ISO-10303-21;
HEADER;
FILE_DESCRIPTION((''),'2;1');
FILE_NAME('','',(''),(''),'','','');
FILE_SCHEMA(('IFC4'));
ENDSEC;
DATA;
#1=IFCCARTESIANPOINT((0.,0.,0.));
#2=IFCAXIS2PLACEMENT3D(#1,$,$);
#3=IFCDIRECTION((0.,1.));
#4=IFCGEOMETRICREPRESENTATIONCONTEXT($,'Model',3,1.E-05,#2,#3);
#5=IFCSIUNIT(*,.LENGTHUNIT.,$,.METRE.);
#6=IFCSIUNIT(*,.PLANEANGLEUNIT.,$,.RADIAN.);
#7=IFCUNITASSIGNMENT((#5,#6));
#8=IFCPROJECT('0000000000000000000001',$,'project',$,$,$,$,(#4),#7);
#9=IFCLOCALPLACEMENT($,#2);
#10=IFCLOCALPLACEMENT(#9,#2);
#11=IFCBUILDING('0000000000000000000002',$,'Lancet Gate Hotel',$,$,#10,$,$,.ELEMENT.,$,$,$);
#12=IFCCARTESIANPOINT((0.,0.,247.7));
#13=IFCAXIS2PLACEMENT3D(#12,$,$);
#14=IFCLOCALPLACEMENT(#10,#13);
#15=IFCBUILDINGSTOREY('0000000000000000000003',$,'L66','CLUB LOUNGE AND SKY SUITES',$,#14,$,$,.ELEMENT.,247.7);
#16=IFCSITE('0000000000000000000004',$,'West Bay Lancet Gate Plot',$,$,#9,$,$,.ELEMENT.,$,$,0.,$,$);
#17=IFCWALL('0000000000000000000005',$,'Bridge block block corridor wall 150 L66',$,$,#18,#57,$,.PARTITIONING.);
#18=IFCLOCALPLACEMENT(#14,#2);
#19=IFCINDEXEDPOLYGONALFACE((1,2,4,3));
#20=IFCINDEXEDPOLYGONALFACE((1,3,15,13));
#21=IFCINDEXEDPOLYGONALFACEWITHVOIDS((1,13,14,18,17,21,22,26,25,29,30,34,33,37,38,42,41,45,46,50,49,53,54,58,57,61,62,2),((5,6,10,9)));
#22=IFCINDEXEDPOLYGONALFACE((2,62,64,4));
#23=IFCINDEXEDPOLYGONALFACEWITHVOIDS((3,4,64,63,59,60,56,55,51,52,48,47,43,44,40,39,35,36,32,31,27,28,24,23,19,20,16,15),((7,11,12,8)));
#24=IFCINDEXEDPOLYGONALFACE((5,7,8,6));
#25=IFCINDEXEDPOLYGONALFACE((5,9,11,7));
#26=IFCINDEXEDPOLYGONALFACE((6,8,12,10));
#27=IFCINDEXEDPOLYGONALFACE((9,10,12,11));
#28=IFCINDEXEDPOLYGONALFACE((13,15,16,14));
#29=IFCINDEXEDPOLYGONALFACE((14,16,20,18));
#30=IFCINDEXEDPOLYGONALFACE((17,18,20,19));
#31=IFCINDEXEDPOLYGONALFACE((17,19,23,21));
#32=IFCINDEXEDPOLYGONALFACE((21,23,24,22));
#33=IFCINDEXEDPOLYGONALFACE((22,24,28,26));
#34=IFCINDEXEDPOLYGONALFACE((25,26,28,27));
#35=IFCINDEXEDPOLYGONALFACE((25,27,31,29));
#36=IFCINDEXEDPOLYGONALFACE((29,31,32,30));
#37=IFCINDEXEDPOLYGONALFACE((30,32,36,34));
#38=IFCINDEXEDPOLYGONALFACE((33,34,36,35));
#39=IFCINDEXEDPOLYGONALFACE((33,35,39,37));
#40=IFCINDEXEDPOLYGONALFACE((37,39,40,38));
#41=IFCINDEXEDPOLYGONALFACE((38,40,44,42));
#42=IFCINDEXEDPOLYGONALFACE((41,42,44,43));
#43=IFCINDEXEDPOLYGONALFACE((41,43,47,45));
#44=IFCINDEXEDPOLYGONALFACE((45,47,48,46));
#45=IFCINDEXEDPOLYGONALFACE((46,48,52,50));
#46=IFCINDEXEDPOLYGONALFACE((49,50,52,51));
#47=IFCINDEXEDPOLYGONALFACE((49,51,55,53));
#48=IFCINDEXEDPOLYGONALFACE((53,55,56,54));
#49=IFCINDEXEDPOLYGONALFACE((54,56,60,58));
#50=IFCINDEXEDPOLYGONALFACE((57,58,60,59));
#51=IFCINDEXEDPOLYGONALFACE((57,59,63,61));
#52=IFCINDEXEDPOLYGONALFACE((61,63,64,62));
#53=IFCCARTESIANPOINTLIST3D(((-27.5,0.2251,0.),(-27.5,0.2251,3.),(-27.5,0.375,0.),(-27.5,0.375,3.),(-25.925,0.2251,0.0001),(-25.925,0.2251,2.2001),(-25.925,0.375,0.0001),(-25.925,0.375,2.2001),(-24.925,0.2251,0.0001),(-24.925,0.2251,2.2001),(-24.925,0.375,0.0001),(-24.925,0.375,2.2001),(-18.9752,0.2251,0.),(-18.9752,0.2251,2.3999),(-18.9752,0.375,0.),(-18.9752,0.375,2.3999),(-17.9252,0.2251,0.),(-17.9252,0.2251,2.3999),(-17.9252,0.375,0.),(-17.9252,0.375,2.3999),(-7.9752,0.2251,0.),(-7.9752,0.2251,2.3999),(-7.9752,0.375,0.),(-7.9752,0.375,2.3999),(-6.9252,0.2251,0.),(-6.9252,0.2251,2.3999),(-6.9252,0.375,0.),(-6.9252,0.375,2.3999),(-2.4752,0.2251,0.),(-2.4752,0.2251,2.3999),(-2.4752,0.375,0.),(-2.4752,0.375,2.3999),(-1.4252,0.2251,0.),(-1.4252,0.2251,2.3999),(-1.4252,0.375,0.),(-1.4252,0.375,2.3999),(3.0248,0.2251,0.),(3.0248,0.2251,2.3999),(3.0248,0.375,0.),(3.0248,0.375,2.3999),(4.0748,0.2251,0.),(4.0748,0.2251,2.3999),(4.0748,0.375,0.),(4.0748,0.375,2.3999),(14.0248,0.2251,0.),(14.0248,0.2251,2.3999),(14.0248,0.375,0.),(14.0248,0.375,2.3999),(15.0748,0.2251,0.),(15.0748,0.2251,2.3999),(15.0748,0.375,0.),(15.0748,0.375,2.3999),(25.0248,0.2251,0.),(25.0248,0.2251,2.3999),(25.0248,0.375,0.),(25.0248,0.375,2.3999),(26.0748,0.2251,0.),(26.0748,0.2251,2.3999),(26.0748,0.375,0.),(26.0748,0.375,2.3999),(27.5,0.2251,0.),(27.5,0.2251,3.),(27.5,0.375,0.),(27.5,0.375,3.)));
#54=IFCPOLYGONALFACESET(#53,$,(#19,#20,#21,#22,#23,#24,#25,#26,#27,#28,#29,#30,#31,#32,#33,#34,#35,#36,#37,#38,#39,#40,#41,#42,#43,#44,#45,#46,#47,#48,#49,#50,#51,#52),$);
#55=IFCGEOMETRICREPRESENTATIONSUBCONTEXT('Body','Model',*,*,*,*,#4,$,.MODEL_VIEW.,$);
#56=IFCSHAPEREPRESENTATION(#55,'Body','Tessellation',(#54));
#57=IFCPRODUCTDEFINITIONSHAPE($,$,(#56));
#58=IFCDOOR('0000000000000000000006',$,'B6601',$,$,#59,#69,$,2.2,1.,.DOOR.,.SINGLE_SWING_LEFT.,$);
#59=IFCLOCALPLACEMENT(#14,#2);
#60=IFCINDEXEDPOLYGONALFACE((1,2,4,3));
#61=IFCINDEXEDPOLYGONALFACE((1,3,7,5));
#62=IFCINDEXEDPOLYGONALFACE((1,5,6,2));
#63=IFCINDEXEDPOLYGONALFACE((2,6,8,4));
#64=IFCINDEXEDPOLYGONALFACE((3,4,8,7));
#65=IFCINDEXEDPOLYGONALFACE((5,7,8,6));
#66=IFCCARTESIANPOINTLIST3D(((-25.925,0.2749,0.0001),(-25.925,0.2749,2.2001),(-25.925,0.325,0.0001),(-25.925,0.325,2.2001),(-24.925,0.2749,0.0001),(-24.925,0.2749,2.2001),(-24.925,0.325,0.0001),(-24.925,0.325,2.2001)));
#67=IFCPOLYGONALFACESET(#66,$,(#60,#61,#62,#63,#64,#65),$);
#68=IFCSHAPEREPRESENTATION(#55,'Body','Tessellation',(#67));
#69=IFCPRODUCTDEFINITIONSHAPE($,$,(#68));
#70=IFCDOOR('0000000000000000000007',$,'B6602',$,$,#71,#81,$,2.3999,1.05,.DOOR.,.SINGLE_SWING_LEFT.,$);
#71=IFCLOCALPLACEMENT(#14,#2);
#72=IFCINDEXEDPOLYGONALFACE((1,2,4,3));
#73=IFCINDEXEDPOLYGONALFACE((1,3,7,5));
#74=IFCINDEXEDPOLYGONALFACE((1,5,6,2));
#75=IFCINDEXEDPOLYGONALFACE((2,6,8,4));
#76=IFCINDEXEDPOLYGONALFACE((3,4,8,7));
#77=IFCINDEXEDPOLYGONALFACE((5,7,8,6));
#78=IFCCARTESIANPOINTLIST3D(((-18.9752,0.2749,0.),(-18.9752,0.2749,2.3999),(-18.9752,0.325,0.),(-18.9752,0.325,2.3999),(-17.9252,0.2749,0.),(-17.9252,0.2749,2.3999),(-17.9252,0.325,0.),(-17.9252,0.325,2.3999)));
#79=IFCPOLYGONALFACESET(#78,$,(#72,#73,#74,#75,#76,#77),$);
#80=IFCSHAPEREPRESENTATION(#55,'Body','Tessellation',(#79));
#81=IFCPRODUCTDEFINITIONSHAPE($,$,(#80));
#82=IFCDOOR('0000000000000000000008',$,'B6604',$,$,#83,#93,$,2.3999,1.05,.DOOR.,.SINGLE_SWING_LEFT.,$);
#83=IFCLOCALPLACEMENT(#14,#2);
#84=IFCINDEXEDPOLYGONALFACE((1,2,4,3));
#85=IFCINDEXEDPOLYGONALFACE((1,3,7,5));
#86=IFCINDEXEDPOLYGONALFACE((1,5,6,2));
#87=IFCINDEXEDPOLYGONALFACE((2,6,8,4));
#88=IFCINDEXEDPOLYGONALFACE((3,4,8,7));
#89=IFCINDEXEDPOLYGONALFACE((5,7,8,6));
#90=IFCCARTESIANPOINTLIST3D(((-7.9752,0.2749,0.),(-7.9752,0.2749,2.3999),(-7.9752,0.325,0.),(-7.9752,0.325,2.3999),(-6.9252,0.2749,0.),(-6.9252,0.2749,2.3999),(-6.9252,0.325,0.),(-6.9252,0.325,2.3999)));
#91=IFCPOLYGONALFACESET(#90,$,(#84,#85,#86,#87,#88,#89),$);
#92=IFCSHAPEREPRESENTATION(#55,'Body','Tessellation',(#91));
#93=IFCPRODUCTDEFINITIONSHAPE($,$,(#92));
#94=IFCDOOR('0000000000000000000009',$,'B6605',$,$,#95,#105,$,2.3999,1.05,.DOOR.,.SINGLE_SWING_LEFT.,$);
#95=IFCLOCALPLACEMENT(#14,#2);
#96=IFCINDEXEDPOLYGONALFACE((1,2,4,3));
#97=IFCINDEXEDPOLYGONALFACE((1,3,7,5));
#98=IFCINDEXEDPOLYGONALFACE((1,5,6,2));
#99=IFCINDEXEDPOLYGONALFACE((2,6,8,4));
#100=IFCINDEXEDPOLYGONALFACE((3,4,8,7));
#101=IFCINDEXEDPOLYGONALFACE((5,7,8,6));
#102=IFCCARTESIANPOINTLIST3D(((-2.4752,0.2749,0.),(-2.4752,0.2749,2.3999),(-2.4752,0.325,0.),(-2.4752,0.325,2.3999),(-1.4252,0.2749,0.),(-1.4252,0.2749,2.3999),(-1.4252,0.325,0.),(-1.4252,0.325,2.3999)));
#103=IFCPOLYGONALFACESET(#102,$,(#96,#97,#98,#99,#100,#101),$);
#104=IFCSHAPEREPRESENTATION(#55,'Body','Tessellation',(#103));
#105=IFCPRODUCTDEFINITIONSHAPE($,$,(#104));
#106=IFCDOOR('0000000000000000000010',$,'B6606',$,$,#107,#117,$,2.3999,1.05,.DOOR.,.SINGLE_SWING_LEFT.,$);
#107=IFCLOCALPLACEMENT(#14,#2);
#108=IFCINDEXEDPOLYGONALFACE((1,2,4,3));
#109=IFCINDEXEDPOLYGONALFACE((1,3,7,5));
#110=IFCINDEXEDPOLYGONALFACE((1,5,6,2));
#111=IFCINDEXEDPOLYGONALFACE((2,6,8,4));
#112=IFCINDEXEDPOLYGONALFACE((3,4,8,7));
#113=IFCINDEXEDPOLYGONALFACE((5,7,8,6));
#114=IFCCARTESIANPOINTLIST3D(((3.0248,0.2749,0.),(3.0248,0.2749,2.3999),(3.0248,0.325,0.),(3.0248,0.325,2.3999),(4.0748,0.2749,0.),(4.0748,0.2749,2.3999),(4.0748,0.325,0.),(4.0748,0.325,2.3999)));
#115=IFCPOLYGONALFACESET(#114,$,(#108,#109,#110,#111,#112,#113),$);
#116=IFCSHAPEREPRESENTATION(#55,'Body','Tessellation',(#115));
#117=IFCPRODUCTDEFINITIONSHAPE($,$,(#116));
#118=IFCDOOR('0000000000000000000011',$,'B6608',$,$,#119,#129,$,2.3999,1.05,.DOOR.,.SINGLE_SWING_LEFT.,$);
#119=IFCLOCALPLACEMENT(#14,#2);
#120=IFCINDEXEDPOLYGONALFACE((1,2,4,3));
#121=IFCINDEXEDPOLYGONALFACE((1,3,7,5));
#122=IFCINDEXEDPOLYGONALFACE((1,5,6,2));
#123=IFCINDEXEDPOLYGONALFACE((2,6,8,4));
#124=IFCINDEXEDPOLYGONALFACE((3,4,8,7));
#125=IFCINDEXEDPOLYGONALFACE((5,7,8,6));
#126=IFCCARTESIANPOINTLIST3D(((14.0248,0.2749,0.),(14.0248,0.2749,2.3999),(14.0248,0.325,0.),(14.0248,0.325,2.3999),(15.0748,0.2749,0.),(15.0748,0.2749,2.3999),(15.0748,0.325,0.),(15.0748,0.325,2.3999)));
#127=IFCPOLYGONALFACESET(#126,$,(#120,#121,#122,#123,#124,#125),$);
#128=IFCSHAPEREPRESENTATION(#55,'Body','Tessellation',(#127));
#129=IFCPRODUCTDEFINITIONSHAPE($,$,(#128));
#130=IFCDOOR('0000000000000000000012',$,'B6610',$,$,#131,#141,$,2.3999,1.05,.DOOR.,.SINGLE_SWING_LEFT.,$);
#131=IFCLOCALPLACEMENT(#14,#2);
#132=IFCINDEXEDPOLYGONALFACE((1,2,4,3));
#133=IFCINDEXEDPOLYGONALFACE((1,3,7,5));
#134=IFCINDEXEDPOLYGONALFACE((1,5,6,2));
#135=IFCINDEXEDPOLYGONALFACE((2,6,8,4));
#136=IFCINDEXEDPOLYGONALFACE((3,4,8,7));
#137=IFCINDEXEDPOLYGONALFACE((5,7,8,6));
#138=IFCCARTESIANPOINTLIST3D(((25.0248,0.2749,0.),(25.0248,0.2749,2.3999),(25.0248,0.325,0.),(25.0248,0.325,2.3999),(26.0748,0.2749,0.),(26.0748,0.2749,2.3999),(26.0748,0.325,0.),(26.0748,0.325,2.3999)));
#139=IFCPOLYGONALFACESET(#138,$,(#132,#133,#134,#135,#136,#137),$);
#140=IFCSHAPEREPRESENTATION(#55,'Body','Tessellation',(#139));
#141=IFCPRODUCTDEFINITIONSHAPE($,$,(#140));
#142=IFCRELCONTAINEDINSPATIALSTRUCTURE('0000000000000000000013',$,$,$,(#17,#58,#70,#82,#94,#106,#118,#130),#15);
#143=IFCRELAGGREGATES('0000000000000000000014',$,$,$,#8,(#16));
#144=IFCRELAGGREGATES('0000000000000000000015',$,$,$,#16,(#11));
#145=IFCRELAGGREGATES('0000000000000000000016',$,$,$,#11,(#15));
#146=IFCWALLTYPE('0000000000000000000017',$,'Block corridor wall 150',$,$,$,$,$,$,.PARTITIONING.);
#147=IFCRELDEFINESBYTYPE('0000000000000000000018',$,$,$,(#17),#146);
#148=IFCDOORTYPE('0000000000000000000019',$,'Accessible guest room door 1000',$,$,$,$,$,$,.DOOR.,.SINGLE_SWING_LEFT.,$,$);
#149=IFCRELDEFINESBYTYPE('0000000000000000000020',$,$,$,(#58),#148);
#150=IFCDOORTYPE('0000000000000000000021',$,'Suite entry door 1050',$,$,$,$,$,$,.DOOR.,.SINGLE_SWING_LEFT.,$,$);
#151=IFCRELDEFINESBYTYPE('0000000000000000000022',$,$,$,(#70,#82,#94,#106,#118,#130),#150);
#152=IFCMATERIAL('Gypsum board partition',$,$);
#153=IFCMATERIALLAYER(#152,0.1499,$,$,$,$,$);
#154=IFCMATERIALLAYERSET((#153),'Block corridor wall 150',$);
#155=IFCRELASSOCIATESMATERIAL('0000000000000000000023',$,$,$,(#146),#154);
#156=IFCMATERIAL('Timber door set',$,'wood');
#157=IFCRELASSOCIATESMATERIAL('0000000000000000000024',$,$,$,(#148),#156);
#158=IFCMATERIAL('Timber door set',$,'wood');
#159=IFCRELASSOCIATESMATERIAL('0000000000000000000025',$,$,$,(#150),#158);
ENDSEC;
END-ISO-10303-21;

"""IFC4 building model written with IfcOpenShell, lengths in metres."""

from ifc_helpers import new_model, si_unit, direction, frame, frame_2d, origin, place, context, subcontext, project, spatial, rectangle, extrude, material, layer, layer_set, type_object, element, fill, save


model = new_model("IFC4")

# Units and contexts
model_context = context("Model", 3, precision=1e-05, world=origin(), true_north=direction((0.0, 1.0)))
body_context = subcontext(model_context, "Body", "Model", "MODEL_VIEW")
ifc_project = project(units=[si_unit("LENGTHUNIT", "METRE"), si_unit("PLANEANGLEUNIT", "RADIAN")], contexts=[model_context])

# Site, building, storey
site_placement = place(None, origin())
site = spatial("IfcSite", under=ifc_project, at=site_placement, Name="West Bay Lancet Gate Plot", CompositionType="ELEMENT", RefElevation=0.0)
building_placement = place(site_placement, origin())
building = spatial("IfcBuilding", under=site, at=building_placement, Name="Lancet Gate Hotel", CompositionType="ELEMENT")
storey_placement = place(building_placement, frame((0.0, 0.0, 247.7)))
storey = spatial("IfcBuildingStorey", under=building, at=storey_placement, Name="L66", Description="CLUB LOUNGE AND SKY SUITES", CompositionType="ELEMENT", Elevation=247.7)

# Wall, openings, doors
ifc_material_1 = material(Name="Gypsum board partition")
ifc_layer_1 = layer(ifc_material_1, 0.1499)
ifc_layer_set_1 = layer_set([ifc_layer_1], Name="Block corridor wall 150")
wall_type_1 = type_object("IfcWallType", Name="Block corridor wall 150", PredefinedType="PARTITIONING", material=ifc_layer_set_1)
wall_1_placement = place(storey_placement, frame((-27.5, 0.3, 0.0), z_axis=(0.0, 0.0, 1.0), x_axis=(1.0, 0.0, 0.0)))
wall_1 = element("IfcWall", 1, at=wall_1_placement, inside=storey, type_object=wall_type_1, Name="Bridge block block corridor wall 150 L66", PredefinedType="PARTITIONING", context=body_context, shape_type="SweptSolid", body=[
    extrude(rectangle(XDim=55.0, YDim=0.1499, at=frame_2d((27.5, 0.0))), origin(), (0.0, 0.0, 1.0), 3.0),
])
opening_1_placement = place(wall_1_placement, frame((1.575, 0.0, 0.0)))
opening_1 = element("IfcOpeningElement", 2, at=opening_1_placement, cuts=wall_1, PredefinedType="OPENING", context=body_context, shape_type="SweptSolid", body=[
    extrude(rectangle(XDim=1.0, YDim=2.2, at=frame_2d((0.5, 1.1001))), frame((0.0, 0.085, 0.0), z_axis=(0.0, -1.0, 0.0), x_axis=(1.0, 0.0, 0.0)), (0.0, 0.0, 1.0), 0.1699),
])
opening_2_placement = place(wall_1_placement, frame((8.5249, 0.0, 0.0)))
opening_2 = element("IfcOpeningElement", 3, at=opening_2_placement, cuts=wall_1, PredefinedType="OPENING", context=body_context, shape_type="SweptSolid", body=[
    extrude(rectangle(XDim=1.05, YDim=2.3999, at=frame_2d((0.5249, 1.2))), frame((0.0, 0.085, 0.0), z_axis=(0.0, -1.0, 0.0), x_axis=(1.0, 0.0, 0.0)), (0.0, 0.0, 1.0), 0.1699),
])
opening_3_placement = place(wall_1_placement, frame((19.5249, 0.0, 0.0)))
opening_3 = element("IfcOpeningElement", 4, at=opening_3_placement, cuts=wall_1, PredefinedType="OPENING", context=body_context, shape_type="SweptSolid", body=[
    extrude(rectangle(XDim=1.05, YDim=2.3999, at=frame_2d((0.5249, 1.2))), frame((0.0, 0.085, 0.0), z_axis=(0.0, -1.0, 0.0), x_axis=(1.0, 0.0, 0.0)), (0.0, 0.0, 1.0), 0.1699),
])
opening_4_placement = place(wall_1_placement, frame((25.0249, 0.0, 0.0)))
opening_4 = element("IfcOpeningElement", 5, at=opening_4_placement, cuts=wall_1, PredefinedType="OPENING", context=body_context, shape_type="SweptSolid", body=[
    extrude(rectangle(XDim=1.05, YDim=2.3999, at=frame_2d((0.5249, 1.2))), frame((0.0, 0.085, 0.0), z_axis=(0.0, -1.0, 0.0), x_axis=(1.0, 0.0, 0.0)), (0.0, 0.0, 1.0), 0.1699),
])
opening_5_placement = place(wall_1_placement, frame((30.5249, 0.0, 0.0)))
opening_5 = element("IfcOpeningElement", 6, at=opening_5_placement, cuts=wall_1, PredefinedType="OPENING", context=body_context, shape_type="SweptSolid", body=[
    extrude(rectangle(XDim=1.05, YDim=2.3999, at=frame_2d((0.5249, 1.2))), frame((0.0, 0.085, 0.0), z_axis=(0.0, -1.0, 0.0), x_axis=(1.0, 0.0, 0.0)), (0.0, 0.0, 1.0), 0.1699),
])
opening_6_placement = place(wall_1_placement, frame((41.5249, 0.0, 0.0)))
opening_6 = element("IfcOpeningElement", 7, at=opening_6_placement, cuts=wall_1, PredefinedType="OPENING", context=body_context, shape_type="SweptSolid", body=[
    extrude(rectangle(XDim=1.05, YDim=2.3999, at=frame_2d((0.5249, 1.2))), frame((0.0, 0.085, 0.0), z_axis=(0.0, -1.0, 0.0), x_axis=(1.0, 0.0, 0.0)), (0.0, 0.0, 1.0), 0.1699),
])
opening_7_placement = place(wall_1_placement, frame((52.5249, 0.0, 0.0)))
opening_7 = element("IfcOpeningElement", 8, at=opening_7_placement, cuts=wall_1, PredefinedType="OPENING", context=body_context, shape_type="SweptSolid", body=[
    extrude(rectangle(XDim=1.05, YDim=2.3999, at=frame_2d((0.5249, 1.2))), frame((0.0, 0.085, 0.0), z_axis=(0.0, -1.0, 0.0), x_axis=(1.0, 0.0, 0.0)), (0.0, 0.0, 1.0), 0.1699),
])
ifc_material_2 = material(Name="Timber door set", Category="wood")
door_type_1 = type_object("IfcDoorType", Name="Accessible guest room door 1000", OperationType="SINGLE_SWING_LEFT", PredefinedType="DOOR", material=ifc_material_2)
door_1_placement = place(opening_1_placement, origin())
door_1 = element("IfcDoor", 9, at=door_1_placement, inside=storey, type_object=door_type_1, Name="B6601", OperationType="SINGLE_SWING_LEFT", OverallHeight=2.2, OverallWidth=1.0, PredefinedType="DOOR", context=body_context, shape_type="SweptSolid", body=[
    extrude(rectangle(XDim=1.0, YDim=2.2, at=frame_2d((0.5, 1.1001))), frame((0.0, 0.0249, 0.0), z_axis=(0.0, -1.0, 0.0), x_axis=(1.0, 0.0, 0.0)), (0.0, 0.0, 1.0), 0.05),
])
fill(opening_1, door_1)
ifc_material_3 = material(Name="Timber door set", Category="wood")
door_type_2 = type_object("IfcDoorType", Name="Suite entry door 1050", OperationType="SINGLE_SWING_LEFT", PredefinedType="DOOR", material=ifc_material_3)
door_2_placement = place(opening_2_placement, origin())
door_2 = element("IfcDoor", 10, at=door_2_placement, inside=storey, type_object=door_type_2, Name="B6602", OperationType="SINGLE_SWING_LEFT", OverallHeight=2.3999, OverallWidth=1.05, PredefinedType="DOOR", context=body_context, shape_type="SweptSolid", body=[
    extrude(rectangle(XDim=1.05, YDim=2.3999, at=frame_2d((0.5249, 1.2))), frame((0.0, 0.0249, 0.0), z_axis=(0.0, -1.0, 0.0), x_axis=(1.0, 0.0, 0.0)), (0.0, 0.0, 1.0), 0.05),
])
fill(opening_2, door_2)
door_3_placement = place(opening_3_placement, origin())
door_3 = element("IfcDoor", 11, at=door_3_placement, inside=storey, type_object=door_type_2, Name="B6604", OperationType="SINGLE_SWING_LEFT", OverallHeight=2.3999, OverallWidth=1.05, PredefinedType="DOOR", context=body_context, shape_type="SweptSolid", body=[
    extrude(rectangle(XDim=1.05, YDim=2.3999, at=frame_2d((0.5249, 1.2))), frame((0.0, 0.0249, 0.0), z_axis=(0.0, -1.0, 0.0), x_axis=(1.0, 0.0, 0.0)), (0.0, 0.0, 1.0), 0.05),
])
fill(opening_3, door_3)
door_4_placement = place(opening_4_placement, origin())
door_4 = element("IfcDoor", 12, at=door_4_placement, inside=storey, type_object=door_type_2, Name="B6605", OperationType="SINGLE_SWING_LEFT", OverallHeight=2.3999, OverallWidth=1.05, PredefinedType="DOOR", context=body_context, shape_type="SweptSolid", body=[
    extrude(rectangle(XDim=1.05, YDim=2.3999, at=frame_2d((0.5249, 1.2))), frame((0.0, 0.0249, 0.0), z_axis=(0.0, -1.0, 0.0), x_axis=(1.0, 0.0, 0.0)), (0.0, 0.0, 1.0), 0.05),
])
fill(opening_4, door_4)
door_5_placement = place(opening_5_placement, origin())
door_5 = element("IfcDoor", 13, at=door_5_placement, inside=storey, type_object=door_type_2, Name="B6606", OperationType="SINGLE_SWING_LEFT", OverallHeight=2.3999, OverallWidth=1.05, PredefinedType="DOOR", context=body_context, shape_type="SweptSolid", body=[
    extrude(rectangle(XDim=1.05, YDim=2.3999, at=frame_2d((0.5249, 1.2))), frame((0.0, 0.0249, 0.0), z_axis=(0.0, -1.0, 0.0), x_axis=(1.0, 0.0, 0.0)), (0.0, 0.0, 1.0), 0.05),
])
fill(opening_5, door_5)
door_6_placement = place(opening_6_placement, origin())
door_6 = element("IfcDoor", 14, at=door_6_placement, inside=storey, type_object=door_type_2, Name="B6608", OperationType="SINGLE_SWING_LEFT", OverallHeight=2.3999, OverallWidth=1.05, PredefinedType="DOOR", context=body_context, shape_type="SweptSolid", body=[
    extrude(rectangle(XDim=1.05, YDim=2.3999, at=frame_2d((0.5249, 1.2))), frame((0.0, 0.0249, 0.0), z_axis=(0.0, -1.0, 0.0), x_axis=(1.0, 0.0, 0.0)), (0.0, 0.0, 1.0), 0.05),
])
fill(opening_6, door_6)
door_7_placement = place(opening_7_placement, origin())
door_7 = element("IfcDoor", 15, at=door_7_placement, inside=storey, type_object=door_type_2, Name="B6610", OperationType="SINGLE_SWING_LEFT", OverallHeight=2.3999, OverallWidth=1.05, PredefinedType="DOOR", context=body_context, shape_type="SweptSolid", body=[
    extrude(rectangle(XDim=1.05, YDim=2.3999, at=frame_2d((0.5249, 1.2))), frame((0.0, 0.0249, 0.0), z_axis=(0.0, -1.0, 0.0), x_axis=(1.0, 0.0, 0.0)), (0.0, 0.0, 1.0), 0.05),
])
fill(opening_7, door_7)

save(model, "model.ifc")
